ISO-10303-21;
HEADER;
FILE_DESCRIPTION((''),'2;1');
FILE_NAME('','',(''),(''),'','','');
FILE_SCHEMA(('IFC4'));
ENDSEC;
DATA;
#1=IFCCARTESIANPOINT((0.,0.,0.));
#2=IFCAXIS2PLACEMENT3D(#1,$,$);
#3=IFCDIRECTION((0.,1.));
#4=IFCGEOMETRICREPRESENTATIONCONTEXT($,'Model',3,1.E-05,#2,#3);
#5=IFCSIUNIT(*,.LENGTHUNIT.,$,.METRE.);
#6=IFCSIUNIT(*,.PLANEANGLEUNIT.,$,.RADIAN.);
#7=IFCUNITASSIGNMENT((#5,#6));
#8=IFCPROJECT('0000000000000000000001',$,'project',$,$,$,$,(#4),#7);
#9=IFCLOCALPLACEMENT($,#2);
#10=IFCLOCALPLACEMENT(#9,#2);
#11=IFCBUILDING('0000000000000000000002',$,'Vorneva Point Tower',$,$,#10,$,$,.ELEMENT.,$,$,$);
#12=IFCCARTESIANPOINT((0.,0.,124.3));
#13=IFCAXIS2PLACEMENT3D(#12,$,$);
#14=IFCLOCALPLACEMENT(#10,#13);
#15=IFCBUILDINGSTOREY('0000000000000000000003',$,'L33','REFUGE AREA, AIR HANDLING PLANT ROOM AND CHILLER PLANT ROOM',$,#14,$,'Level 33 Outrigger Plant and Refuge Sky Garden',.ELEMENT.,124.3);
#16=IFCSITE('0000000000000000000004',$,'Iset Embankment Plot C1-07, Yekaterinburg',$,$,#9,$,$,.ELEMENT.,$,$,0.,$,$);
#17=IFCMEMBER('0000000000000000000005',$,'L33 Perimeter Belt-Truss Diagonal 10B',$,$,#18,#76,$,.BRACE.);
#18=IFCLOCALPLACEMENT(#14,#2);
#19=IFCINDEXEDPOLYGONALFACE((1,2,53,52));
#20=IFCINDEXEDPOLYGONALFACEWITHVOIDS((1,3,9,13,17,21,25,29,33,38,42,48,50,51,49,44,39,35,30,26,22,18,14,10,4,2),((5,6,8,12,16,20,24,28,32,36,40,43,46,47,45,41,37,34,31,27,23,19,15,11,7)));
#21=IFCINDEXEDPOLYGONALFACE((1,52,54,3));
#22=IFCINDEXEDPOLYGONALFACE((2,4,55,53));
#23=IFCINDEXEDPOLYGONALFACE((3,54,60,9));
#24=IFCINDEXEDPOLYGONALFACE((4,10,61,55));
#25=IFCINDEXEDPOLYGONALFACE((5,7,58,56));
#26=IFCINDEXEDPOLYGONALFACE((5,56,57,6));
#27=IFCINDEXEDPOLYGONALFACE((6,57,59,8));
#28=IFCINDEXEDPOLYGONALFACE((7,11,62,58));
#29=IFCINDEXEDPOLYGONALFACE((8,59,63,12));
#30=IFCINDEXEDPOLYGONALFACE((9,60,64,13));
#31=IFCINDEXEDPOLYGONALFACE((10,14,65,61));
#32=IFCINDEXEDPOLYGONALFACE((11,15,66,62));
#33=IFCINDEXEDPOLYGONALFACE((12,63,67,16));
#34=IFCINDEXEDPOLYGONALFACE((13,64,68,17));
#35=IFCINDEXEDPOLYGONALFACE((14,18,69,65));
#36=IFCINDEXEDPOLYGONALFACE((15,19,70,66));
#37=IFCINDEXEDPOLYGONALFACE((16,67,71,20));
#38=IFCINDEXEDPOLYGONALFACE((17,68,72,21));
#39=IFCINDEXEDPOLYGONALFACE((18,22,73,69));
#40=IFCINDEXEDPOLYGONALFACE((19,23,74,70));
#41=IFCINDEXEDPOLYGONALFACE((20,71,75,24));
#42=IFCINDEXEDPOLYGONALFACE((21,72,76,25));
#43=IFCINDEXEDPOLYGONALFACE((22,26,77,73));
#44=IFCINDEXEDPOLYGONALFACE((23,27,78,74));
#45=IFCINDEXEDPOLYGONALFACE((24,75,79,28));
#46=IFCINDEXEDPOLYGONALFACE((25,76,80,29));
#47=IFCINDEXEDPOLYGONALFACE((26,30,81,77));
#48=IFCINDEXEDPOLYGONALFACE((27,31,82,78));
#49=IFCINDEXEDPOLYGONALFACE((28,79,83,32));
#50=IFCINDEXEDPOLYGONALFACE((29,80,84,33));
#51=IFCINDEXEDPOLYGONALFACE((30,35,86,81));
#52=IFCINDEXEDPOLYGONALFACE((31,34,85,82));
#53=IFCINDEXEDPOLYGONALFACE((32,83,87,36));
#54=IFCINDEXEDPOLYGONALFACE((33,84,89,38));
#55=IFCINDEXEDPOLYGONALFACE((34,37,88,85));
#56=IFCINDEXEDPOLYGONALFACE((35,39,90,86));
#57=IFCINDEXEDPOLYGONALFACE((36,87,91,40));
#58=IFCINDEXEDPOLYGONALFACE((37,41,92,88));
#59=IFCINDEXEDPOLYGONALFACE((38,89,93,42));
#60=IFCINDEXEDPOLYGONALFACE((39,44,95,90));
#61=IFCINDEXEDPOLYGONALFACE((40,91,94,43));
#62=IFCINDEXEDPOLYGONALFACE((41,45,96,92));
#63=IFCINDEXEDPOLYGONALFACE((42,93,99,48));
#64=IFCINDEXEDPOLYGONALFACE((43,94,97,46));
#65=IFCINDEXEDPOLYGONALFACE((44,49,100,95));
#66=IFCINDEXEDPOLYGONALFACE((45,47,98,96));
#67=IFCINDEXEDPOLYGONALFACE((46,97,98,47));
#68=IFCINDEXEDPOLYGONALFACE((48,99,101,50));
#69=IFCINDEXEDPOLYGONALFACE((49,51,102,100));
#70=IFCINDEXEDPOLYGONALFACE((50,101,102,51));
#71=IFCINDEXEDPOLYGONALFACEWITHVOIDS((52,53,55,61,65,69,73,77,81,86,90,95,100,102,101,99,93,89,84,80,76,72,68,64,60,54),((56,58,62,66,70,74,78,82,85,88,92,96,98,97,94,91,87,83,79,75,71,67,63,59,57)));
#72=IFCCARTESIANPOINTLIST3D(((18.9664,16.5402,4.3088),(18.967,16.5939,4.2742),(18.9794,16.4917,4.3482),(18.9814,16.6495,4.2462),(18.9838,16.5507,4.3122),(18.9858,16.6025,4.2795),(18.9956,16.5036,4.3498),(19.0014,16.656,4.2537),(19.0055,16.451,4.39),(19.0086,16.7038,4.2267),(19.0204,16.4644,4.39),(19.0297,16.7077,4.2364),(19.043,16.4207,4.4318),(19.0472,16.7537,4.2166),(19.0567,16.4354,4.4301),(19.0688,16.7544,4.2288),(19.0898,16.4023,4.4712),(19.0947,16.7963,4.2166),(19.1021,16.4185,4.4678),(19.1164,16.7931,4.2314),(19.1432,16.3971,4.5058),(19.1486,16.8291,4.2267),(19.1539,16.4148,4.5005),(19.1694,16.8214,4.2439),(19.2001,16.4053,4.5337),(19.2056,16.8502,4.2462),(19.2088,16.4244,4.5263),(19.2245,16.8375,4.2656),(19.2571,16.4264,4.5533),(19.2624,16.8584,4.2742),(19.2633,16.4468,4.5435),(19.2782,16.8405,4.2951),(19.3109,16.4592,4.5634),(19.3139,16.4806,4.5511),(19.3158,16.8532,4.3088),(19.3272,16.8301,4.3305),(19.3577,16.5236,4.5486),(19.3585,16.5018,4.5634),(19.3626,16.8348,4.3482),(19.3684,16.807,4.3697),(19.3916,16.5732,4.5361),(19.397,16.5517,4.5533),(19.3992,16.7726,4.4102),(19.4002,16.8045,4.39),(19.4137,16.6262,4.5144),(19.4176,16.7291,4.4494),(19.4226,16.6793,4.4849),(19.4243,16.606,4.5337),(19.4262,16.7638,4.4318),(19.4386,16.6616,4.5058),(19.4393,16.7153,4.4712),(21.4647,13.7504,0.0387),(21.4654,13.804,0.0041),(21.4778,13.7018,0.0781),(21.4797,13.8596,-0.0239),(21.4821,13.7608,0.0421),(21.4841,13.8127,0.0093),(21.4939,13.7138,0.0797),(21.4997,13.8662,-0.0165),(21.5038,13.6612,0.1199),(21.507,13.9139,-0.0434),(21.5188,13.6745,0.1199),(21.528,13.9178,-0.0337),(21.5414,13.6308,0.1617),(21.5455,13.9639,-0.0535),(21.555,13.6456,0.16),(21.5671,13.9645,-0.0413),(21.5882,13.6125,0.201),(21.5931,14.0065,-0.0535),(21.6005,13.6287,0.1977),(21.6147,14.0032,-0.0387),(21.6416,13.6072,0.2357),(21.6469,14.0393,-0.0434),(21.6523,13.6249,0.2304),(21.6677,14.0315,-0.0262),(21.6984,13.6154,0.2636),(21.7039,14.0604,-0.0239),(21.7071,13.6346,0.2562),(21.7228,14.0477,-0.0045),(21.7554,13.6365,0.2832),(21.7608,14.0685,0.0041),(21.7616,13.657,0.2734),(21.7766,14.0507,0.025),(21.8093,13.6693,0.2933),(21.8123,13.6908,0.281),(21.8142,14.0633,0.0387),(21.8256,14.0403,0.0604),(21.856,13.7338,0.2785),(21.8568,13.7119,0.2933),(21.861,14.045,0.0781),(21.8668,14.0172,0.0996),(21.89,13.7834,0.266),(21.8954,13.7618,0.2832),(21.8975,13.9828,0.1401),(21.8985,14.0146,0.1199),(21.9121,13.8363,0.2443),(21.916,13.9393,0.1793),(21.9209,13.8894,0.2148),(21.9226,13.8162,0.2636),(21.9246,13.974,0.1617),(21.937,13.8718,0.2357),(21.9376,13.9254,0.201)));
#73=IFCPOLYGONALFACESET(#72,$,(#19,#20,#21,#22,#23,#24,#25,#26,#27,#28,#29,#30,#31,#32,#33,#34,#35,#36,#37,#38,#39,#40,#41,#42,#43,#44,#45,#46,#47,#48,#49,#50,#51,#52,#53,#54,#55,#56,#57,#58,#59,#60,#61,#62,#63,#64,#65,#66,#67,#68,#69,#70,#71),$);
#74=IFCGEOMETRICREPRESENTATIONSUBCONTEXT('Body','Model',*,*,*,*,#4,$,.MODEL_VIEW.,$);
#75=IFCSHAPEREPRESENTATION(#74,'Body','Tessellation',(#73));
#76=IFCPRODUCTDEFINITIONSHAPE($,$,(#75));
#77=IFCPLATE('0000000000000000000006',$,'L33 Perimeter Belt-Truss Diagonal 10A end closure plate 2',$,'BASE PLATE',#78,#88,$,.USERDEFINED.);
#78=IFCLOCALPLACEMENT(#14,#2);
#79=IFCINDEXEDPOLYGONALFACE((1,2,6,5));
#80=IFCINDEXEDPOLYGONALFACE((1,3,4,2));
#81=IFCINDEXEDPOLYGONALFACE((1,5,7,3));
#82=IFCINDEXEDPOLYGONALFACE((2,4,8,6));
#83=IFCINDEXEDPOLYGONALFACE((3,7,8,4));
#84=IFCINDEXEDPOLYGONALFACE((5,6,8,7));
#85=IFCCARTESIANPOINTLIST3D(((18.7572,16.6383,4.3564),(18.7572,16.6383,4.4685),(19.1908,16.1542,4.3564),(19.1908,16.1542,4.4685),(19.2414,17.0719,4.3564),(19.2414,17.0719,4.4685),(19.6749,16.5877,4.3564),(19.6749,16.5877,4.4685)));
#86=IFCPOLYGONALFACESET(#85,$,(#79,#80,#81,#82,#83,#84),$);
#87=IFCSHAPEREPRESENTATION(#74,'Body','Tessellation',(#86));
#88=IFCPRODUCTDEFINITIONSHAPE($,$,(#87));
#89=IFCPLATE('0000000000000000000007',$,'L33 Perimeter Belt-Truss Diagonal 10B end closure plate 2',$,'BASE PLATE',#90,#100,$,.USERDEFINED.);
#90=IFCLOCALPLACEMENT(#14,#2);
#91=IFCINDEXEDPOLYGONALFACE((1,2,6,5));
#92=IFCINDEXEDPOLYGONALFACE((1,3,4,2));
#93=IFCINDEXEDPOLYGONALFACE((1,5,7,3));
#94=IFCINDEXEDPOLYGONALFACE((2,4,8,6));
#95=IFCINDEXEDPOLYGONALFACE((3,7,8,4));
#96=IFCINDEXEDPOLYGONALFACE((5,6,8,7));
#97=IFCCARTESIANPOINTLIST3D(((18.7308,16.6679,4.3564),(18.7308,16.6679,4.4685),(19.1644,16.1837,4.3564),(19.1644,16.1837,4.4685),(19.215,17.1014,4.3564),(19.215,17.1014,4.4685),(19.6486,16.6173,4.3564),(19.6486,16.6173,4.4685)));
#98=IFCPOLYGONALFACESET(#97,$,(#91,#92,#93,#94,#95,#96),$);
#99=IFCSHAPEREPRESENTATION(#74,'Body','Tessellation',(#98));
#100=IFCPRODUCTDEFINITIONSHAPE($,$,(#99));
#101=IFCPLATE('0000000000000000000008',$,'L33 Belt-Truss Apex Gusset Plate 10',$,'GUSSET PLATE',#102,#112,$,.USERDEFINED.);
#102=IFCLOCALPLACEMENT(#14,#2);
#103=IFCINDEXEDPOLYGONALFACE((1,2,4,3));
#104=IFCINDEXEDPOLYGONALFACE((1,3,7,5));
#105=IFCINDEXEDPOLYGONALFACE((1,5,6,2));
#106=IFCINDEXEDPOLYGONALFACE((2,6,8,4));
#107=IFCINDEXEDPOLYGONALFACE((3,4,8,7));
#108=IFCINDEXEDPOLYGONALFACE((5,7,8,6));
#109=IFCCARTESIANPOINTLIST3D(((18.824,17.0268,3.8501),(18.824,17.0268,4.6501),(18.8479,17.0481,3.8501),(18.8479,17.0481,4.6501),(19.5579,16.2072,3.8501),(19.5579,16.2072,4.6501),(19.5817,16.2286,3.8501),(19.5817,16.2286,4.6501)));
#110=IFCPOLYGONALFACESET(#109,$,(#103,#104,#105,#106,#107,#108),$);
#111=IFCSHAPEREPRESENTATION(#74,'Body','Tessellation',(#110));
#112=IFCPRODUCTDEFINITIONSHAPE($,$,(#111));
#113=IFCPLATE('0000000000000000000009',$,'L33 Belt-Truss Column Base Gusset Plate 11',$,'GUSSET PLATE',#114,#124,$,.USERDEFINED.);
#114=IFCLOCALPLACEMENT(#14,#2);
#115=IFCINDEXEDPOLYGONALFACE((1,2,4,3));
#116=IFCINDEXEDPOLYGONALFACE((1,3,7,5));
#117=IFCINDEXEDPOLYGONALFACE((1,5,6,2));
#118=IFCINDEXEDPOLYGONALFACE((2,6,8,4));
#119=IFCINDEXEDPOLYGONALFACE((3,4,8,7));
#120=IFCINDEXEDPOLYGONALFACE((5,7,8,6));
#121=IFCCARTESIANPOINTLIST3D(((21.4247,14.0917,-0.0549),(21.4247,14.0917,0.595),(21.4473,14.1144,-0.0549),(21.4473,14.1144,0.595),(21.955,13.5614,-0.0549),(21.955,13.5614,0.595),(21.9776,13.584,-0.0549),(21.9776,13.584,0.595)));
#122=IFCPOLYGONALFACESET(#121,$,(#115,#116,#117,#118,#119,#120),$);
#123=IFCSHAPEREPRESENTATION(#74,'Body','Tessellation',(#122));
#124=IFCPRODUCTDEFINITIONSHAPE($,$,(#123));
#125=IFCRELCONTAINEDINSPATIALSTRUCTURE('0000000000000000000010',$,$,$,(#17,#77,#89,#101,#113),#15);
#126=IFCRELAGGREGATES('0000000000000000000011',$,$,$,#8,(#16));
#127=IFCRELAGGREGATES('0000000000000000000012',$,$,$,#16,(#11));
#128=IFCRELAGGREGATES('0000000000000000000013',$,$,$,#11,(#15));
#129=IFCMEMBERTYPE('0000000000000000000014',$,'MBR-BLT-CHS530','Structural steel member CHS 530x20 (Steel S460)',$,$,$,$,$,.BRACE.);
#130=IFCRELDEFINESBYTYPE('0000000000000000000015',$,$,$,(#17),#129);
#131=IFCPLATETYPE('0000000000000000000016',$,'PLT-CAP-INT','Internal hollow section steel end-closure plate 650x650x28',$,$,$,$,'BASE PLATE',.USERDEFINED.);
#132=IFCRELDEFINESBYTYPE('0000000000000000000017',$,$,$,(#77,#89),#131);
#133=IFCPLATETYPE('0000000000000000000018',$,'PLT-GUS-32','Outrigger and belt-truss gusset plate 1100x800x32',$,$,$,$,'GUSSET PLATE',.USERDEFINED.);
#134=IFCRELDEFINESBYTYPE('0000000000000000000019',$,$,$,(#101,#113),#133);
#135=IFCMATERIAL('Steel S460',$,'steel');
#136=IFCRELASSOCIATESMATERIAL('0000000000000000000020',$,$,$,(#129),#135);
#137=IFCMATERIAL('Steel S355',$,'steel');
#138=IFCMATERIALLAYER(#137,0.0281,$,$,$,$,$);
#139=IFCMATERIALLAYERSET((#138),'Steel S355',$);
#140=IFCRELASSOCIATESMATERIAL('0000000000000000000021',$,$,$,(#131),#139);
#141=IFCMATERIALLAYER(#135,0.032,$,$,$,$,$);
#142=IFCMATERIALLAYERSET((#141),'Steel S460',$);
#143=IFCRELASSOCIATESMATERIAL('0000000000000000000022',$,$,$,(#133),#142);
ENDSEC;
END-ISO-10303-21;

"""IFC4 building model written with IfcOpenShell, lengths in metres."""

from ifc_helpers import new_model, si_unit, direction, frame, origin, origin_2d, place, context, subcontext, project, spatial, rectangle, hollow_circle, extrude, material, layer, layer_set, material_profile, profile_set, type_object, element, save


model = new_model("IFC4")

# Units and contexts
model_context = context("Model", 3, precision=1e-05, world=origin(), true_north=direction((0.0, 1.0)))
body_context = subcontext(model_context, "Body", "Model", "MODEL_VIEW")
ifc_project = project(units=[si_unit("LENGTHUNIT", "METRE"), si_unit("PLANEANGLEUNIT", "RADIAN")], contexts=[model_context])

# Site, building, storey
site_placement = place(None, origin())
site = spatial("IfcSite", under=ifc_project, at=site_placement, Name="Iset Embankment Plot C1-07, Yekaterinburg", CompositionType="ELEMENT", RefElevation=0.0)
building_placement = place(site_placement, origin())
building = spatial("IfcBuilding", under=site, at=building_placement, Name="Vorneva Point Tower", CompositionType="ELEMENT")
storey_placement = place(building_placement, frame((0.0, 0.0, 124.3)))
storey = spatial("IfcBuildingStorey", under=building, at=storey_placement, Name="L33", Description="REFUGE AREA, AIR HANDLING PLANT ROOM AND CHILLER PLANT ROOM", LongName="Level 33 Outrigger Plant and Refuge Sky Garden", CompositionType="ELEMENT", Elevation=124.3)

# Shared definitions
ifc_material_1 = material(Name="Steel S460", Category="steel")
ifc_material_2 = material(Name="Steel S355", Category="steel")

# Member
ifc_material_profile_1 = material_profile(ifc_material_1, hollow_circle(Radius=0.2649, WallThickness=0.02, at=origin_2d()), Name="CHS 530x20")
ifc_profile_set_1 = profile_set([ifc_material_profile_1], Name="Steel S460")
member_type = type_object("IfcMemberType", Name="MBR-BLT-CHS530", Description="Structural steel member CHS 530x20 (Steel S460)", PredefinedType="BRACE", material=ifc_profile_set_1)
member_placement = place(storey_placement, frame((21.7012, 13.8379, 0.1199), z_axis=(-0.439874, 0.491199, 0.751821), x_axis=(-0.744955, -0.667115, 0.0)))
element("IfcMember", 1, at=member_placement, inside=storey, type_object=member_type, Name="L33 Perimeter Belt-Truss Diagonal 10B", PredefinedType="BRACE", context=body_context, shape_type="SweptSolid", body=[
    extrude(hollow_circle(Radius=0.2649, WallThickness=0.02, at=origin_2d()), origin(), (0.0, 0.0, 1.0), 5.6797),
])

# Plates
ifc_layer_1 = layer(ifc_material_2, 0.0281)
ifc_layer_set_1 = layer_set([ifc_layer_1], Name="Steel S355")
plate_type_1 = type_object("IfcPlateType", Name="PLT-CAP-INT", Description="Internal hollow section steel end-closure plate 650x650x28", ElementType="BASE PLATE", PredefinedType="USERDEFINED", material=ifc_layer_set_1)
for number, where, z_axis, x_axis, name in (
    (2, (19.2161, 16.613, 4.3564), (0.0, 0.0, 1.0), (0.667092, -0.744976, 0.0), "L33 Perimeter Belt-Truss Diagonal 10A end closure plate 2"),
    (3, (19.1897, 16.6426, 4.3564), (0.0, 0.0, 1.0), (-0.667092, 0.744976, 0.0), "L33 Perimeter Belt-Truss Diagonal 10B end closure plate 2"),
):
    element("IfcPlate", number, at=place(storey_placement, frame(where, z_axis=z_axis, x_axis=x_axis)), inside=storey, type_object=plate_type_1, Name=name, ObjectType="BASE PLATE", PredefinedType="USERDEFINED", context=body_context, shape_type="SweptSolid", body=[
        extrude(rectangle(XDim=0.6499, YDim=0.6499, at=origin_2d()), origin(), (0.0, 0.0, 1.0), 0.1121),
    ])
ifc_layer_2 = layer(ifc_material_1, 0.032)
ifc_layer_set_2 = layer_set([ifc_layer_2], Name="Steel S460")
plate_type_2 = type_object("IfcPlateType", Name="PLT-GUS-32", Description="Outrigger and belt-truss gusset plate 1100x800x32", ElementType="GUSSET PLATE", PredefinedType="USERDEFINED", material=ifc_layer_set_2)
plate_1_placement = place(storey_placement, frame((19.2029, 16.6277, 3.8501), z_axis=(0.0, 0.0, 1.0), x_axis=(0.667092, -0.744976, 0.0)))
element("IfcPlate", 4, at=plate_1_placement, inside=storey, type_object=plate_type_2, Name="L33 Belt-Truss Apex Gusset Plate 10", ObjectType="GUSSET PLATE", PredefinedType="USERDEFINED", context=body_context, shape_type="SweptSolid", body=[
    extrude(rectangle(XDim=1.1001, YDim=0.032, at=origin_2d()), origin(), (0.0, 0.0, 1.0), 0.8),
])
plate_2_placement = place(storey_placement, frame((21.7012, 13.8379, -0.0549), z_axis=(0.0, 0.0, 1.0), x_axis=(0.707107, -0.707107, 0.0)))
element("IfcPlate", 5, at=plate_2_placement, inside=storey, type_object=plate_type_2, Name="L33 Belt-Truss Column Base Gusset Plate 11", ObjectType="GUSSET PLATE", PredefinedType="USERDEFINED", context=body_context, shape_type="SweptSolid", body=[
    extrude(rectangle(XDim=0.75, YDim=0.032, at=origin_2d()), origin(), (0.0, 0.0, 1.0), 0.6499),
])

save(model, "model.ifc")
